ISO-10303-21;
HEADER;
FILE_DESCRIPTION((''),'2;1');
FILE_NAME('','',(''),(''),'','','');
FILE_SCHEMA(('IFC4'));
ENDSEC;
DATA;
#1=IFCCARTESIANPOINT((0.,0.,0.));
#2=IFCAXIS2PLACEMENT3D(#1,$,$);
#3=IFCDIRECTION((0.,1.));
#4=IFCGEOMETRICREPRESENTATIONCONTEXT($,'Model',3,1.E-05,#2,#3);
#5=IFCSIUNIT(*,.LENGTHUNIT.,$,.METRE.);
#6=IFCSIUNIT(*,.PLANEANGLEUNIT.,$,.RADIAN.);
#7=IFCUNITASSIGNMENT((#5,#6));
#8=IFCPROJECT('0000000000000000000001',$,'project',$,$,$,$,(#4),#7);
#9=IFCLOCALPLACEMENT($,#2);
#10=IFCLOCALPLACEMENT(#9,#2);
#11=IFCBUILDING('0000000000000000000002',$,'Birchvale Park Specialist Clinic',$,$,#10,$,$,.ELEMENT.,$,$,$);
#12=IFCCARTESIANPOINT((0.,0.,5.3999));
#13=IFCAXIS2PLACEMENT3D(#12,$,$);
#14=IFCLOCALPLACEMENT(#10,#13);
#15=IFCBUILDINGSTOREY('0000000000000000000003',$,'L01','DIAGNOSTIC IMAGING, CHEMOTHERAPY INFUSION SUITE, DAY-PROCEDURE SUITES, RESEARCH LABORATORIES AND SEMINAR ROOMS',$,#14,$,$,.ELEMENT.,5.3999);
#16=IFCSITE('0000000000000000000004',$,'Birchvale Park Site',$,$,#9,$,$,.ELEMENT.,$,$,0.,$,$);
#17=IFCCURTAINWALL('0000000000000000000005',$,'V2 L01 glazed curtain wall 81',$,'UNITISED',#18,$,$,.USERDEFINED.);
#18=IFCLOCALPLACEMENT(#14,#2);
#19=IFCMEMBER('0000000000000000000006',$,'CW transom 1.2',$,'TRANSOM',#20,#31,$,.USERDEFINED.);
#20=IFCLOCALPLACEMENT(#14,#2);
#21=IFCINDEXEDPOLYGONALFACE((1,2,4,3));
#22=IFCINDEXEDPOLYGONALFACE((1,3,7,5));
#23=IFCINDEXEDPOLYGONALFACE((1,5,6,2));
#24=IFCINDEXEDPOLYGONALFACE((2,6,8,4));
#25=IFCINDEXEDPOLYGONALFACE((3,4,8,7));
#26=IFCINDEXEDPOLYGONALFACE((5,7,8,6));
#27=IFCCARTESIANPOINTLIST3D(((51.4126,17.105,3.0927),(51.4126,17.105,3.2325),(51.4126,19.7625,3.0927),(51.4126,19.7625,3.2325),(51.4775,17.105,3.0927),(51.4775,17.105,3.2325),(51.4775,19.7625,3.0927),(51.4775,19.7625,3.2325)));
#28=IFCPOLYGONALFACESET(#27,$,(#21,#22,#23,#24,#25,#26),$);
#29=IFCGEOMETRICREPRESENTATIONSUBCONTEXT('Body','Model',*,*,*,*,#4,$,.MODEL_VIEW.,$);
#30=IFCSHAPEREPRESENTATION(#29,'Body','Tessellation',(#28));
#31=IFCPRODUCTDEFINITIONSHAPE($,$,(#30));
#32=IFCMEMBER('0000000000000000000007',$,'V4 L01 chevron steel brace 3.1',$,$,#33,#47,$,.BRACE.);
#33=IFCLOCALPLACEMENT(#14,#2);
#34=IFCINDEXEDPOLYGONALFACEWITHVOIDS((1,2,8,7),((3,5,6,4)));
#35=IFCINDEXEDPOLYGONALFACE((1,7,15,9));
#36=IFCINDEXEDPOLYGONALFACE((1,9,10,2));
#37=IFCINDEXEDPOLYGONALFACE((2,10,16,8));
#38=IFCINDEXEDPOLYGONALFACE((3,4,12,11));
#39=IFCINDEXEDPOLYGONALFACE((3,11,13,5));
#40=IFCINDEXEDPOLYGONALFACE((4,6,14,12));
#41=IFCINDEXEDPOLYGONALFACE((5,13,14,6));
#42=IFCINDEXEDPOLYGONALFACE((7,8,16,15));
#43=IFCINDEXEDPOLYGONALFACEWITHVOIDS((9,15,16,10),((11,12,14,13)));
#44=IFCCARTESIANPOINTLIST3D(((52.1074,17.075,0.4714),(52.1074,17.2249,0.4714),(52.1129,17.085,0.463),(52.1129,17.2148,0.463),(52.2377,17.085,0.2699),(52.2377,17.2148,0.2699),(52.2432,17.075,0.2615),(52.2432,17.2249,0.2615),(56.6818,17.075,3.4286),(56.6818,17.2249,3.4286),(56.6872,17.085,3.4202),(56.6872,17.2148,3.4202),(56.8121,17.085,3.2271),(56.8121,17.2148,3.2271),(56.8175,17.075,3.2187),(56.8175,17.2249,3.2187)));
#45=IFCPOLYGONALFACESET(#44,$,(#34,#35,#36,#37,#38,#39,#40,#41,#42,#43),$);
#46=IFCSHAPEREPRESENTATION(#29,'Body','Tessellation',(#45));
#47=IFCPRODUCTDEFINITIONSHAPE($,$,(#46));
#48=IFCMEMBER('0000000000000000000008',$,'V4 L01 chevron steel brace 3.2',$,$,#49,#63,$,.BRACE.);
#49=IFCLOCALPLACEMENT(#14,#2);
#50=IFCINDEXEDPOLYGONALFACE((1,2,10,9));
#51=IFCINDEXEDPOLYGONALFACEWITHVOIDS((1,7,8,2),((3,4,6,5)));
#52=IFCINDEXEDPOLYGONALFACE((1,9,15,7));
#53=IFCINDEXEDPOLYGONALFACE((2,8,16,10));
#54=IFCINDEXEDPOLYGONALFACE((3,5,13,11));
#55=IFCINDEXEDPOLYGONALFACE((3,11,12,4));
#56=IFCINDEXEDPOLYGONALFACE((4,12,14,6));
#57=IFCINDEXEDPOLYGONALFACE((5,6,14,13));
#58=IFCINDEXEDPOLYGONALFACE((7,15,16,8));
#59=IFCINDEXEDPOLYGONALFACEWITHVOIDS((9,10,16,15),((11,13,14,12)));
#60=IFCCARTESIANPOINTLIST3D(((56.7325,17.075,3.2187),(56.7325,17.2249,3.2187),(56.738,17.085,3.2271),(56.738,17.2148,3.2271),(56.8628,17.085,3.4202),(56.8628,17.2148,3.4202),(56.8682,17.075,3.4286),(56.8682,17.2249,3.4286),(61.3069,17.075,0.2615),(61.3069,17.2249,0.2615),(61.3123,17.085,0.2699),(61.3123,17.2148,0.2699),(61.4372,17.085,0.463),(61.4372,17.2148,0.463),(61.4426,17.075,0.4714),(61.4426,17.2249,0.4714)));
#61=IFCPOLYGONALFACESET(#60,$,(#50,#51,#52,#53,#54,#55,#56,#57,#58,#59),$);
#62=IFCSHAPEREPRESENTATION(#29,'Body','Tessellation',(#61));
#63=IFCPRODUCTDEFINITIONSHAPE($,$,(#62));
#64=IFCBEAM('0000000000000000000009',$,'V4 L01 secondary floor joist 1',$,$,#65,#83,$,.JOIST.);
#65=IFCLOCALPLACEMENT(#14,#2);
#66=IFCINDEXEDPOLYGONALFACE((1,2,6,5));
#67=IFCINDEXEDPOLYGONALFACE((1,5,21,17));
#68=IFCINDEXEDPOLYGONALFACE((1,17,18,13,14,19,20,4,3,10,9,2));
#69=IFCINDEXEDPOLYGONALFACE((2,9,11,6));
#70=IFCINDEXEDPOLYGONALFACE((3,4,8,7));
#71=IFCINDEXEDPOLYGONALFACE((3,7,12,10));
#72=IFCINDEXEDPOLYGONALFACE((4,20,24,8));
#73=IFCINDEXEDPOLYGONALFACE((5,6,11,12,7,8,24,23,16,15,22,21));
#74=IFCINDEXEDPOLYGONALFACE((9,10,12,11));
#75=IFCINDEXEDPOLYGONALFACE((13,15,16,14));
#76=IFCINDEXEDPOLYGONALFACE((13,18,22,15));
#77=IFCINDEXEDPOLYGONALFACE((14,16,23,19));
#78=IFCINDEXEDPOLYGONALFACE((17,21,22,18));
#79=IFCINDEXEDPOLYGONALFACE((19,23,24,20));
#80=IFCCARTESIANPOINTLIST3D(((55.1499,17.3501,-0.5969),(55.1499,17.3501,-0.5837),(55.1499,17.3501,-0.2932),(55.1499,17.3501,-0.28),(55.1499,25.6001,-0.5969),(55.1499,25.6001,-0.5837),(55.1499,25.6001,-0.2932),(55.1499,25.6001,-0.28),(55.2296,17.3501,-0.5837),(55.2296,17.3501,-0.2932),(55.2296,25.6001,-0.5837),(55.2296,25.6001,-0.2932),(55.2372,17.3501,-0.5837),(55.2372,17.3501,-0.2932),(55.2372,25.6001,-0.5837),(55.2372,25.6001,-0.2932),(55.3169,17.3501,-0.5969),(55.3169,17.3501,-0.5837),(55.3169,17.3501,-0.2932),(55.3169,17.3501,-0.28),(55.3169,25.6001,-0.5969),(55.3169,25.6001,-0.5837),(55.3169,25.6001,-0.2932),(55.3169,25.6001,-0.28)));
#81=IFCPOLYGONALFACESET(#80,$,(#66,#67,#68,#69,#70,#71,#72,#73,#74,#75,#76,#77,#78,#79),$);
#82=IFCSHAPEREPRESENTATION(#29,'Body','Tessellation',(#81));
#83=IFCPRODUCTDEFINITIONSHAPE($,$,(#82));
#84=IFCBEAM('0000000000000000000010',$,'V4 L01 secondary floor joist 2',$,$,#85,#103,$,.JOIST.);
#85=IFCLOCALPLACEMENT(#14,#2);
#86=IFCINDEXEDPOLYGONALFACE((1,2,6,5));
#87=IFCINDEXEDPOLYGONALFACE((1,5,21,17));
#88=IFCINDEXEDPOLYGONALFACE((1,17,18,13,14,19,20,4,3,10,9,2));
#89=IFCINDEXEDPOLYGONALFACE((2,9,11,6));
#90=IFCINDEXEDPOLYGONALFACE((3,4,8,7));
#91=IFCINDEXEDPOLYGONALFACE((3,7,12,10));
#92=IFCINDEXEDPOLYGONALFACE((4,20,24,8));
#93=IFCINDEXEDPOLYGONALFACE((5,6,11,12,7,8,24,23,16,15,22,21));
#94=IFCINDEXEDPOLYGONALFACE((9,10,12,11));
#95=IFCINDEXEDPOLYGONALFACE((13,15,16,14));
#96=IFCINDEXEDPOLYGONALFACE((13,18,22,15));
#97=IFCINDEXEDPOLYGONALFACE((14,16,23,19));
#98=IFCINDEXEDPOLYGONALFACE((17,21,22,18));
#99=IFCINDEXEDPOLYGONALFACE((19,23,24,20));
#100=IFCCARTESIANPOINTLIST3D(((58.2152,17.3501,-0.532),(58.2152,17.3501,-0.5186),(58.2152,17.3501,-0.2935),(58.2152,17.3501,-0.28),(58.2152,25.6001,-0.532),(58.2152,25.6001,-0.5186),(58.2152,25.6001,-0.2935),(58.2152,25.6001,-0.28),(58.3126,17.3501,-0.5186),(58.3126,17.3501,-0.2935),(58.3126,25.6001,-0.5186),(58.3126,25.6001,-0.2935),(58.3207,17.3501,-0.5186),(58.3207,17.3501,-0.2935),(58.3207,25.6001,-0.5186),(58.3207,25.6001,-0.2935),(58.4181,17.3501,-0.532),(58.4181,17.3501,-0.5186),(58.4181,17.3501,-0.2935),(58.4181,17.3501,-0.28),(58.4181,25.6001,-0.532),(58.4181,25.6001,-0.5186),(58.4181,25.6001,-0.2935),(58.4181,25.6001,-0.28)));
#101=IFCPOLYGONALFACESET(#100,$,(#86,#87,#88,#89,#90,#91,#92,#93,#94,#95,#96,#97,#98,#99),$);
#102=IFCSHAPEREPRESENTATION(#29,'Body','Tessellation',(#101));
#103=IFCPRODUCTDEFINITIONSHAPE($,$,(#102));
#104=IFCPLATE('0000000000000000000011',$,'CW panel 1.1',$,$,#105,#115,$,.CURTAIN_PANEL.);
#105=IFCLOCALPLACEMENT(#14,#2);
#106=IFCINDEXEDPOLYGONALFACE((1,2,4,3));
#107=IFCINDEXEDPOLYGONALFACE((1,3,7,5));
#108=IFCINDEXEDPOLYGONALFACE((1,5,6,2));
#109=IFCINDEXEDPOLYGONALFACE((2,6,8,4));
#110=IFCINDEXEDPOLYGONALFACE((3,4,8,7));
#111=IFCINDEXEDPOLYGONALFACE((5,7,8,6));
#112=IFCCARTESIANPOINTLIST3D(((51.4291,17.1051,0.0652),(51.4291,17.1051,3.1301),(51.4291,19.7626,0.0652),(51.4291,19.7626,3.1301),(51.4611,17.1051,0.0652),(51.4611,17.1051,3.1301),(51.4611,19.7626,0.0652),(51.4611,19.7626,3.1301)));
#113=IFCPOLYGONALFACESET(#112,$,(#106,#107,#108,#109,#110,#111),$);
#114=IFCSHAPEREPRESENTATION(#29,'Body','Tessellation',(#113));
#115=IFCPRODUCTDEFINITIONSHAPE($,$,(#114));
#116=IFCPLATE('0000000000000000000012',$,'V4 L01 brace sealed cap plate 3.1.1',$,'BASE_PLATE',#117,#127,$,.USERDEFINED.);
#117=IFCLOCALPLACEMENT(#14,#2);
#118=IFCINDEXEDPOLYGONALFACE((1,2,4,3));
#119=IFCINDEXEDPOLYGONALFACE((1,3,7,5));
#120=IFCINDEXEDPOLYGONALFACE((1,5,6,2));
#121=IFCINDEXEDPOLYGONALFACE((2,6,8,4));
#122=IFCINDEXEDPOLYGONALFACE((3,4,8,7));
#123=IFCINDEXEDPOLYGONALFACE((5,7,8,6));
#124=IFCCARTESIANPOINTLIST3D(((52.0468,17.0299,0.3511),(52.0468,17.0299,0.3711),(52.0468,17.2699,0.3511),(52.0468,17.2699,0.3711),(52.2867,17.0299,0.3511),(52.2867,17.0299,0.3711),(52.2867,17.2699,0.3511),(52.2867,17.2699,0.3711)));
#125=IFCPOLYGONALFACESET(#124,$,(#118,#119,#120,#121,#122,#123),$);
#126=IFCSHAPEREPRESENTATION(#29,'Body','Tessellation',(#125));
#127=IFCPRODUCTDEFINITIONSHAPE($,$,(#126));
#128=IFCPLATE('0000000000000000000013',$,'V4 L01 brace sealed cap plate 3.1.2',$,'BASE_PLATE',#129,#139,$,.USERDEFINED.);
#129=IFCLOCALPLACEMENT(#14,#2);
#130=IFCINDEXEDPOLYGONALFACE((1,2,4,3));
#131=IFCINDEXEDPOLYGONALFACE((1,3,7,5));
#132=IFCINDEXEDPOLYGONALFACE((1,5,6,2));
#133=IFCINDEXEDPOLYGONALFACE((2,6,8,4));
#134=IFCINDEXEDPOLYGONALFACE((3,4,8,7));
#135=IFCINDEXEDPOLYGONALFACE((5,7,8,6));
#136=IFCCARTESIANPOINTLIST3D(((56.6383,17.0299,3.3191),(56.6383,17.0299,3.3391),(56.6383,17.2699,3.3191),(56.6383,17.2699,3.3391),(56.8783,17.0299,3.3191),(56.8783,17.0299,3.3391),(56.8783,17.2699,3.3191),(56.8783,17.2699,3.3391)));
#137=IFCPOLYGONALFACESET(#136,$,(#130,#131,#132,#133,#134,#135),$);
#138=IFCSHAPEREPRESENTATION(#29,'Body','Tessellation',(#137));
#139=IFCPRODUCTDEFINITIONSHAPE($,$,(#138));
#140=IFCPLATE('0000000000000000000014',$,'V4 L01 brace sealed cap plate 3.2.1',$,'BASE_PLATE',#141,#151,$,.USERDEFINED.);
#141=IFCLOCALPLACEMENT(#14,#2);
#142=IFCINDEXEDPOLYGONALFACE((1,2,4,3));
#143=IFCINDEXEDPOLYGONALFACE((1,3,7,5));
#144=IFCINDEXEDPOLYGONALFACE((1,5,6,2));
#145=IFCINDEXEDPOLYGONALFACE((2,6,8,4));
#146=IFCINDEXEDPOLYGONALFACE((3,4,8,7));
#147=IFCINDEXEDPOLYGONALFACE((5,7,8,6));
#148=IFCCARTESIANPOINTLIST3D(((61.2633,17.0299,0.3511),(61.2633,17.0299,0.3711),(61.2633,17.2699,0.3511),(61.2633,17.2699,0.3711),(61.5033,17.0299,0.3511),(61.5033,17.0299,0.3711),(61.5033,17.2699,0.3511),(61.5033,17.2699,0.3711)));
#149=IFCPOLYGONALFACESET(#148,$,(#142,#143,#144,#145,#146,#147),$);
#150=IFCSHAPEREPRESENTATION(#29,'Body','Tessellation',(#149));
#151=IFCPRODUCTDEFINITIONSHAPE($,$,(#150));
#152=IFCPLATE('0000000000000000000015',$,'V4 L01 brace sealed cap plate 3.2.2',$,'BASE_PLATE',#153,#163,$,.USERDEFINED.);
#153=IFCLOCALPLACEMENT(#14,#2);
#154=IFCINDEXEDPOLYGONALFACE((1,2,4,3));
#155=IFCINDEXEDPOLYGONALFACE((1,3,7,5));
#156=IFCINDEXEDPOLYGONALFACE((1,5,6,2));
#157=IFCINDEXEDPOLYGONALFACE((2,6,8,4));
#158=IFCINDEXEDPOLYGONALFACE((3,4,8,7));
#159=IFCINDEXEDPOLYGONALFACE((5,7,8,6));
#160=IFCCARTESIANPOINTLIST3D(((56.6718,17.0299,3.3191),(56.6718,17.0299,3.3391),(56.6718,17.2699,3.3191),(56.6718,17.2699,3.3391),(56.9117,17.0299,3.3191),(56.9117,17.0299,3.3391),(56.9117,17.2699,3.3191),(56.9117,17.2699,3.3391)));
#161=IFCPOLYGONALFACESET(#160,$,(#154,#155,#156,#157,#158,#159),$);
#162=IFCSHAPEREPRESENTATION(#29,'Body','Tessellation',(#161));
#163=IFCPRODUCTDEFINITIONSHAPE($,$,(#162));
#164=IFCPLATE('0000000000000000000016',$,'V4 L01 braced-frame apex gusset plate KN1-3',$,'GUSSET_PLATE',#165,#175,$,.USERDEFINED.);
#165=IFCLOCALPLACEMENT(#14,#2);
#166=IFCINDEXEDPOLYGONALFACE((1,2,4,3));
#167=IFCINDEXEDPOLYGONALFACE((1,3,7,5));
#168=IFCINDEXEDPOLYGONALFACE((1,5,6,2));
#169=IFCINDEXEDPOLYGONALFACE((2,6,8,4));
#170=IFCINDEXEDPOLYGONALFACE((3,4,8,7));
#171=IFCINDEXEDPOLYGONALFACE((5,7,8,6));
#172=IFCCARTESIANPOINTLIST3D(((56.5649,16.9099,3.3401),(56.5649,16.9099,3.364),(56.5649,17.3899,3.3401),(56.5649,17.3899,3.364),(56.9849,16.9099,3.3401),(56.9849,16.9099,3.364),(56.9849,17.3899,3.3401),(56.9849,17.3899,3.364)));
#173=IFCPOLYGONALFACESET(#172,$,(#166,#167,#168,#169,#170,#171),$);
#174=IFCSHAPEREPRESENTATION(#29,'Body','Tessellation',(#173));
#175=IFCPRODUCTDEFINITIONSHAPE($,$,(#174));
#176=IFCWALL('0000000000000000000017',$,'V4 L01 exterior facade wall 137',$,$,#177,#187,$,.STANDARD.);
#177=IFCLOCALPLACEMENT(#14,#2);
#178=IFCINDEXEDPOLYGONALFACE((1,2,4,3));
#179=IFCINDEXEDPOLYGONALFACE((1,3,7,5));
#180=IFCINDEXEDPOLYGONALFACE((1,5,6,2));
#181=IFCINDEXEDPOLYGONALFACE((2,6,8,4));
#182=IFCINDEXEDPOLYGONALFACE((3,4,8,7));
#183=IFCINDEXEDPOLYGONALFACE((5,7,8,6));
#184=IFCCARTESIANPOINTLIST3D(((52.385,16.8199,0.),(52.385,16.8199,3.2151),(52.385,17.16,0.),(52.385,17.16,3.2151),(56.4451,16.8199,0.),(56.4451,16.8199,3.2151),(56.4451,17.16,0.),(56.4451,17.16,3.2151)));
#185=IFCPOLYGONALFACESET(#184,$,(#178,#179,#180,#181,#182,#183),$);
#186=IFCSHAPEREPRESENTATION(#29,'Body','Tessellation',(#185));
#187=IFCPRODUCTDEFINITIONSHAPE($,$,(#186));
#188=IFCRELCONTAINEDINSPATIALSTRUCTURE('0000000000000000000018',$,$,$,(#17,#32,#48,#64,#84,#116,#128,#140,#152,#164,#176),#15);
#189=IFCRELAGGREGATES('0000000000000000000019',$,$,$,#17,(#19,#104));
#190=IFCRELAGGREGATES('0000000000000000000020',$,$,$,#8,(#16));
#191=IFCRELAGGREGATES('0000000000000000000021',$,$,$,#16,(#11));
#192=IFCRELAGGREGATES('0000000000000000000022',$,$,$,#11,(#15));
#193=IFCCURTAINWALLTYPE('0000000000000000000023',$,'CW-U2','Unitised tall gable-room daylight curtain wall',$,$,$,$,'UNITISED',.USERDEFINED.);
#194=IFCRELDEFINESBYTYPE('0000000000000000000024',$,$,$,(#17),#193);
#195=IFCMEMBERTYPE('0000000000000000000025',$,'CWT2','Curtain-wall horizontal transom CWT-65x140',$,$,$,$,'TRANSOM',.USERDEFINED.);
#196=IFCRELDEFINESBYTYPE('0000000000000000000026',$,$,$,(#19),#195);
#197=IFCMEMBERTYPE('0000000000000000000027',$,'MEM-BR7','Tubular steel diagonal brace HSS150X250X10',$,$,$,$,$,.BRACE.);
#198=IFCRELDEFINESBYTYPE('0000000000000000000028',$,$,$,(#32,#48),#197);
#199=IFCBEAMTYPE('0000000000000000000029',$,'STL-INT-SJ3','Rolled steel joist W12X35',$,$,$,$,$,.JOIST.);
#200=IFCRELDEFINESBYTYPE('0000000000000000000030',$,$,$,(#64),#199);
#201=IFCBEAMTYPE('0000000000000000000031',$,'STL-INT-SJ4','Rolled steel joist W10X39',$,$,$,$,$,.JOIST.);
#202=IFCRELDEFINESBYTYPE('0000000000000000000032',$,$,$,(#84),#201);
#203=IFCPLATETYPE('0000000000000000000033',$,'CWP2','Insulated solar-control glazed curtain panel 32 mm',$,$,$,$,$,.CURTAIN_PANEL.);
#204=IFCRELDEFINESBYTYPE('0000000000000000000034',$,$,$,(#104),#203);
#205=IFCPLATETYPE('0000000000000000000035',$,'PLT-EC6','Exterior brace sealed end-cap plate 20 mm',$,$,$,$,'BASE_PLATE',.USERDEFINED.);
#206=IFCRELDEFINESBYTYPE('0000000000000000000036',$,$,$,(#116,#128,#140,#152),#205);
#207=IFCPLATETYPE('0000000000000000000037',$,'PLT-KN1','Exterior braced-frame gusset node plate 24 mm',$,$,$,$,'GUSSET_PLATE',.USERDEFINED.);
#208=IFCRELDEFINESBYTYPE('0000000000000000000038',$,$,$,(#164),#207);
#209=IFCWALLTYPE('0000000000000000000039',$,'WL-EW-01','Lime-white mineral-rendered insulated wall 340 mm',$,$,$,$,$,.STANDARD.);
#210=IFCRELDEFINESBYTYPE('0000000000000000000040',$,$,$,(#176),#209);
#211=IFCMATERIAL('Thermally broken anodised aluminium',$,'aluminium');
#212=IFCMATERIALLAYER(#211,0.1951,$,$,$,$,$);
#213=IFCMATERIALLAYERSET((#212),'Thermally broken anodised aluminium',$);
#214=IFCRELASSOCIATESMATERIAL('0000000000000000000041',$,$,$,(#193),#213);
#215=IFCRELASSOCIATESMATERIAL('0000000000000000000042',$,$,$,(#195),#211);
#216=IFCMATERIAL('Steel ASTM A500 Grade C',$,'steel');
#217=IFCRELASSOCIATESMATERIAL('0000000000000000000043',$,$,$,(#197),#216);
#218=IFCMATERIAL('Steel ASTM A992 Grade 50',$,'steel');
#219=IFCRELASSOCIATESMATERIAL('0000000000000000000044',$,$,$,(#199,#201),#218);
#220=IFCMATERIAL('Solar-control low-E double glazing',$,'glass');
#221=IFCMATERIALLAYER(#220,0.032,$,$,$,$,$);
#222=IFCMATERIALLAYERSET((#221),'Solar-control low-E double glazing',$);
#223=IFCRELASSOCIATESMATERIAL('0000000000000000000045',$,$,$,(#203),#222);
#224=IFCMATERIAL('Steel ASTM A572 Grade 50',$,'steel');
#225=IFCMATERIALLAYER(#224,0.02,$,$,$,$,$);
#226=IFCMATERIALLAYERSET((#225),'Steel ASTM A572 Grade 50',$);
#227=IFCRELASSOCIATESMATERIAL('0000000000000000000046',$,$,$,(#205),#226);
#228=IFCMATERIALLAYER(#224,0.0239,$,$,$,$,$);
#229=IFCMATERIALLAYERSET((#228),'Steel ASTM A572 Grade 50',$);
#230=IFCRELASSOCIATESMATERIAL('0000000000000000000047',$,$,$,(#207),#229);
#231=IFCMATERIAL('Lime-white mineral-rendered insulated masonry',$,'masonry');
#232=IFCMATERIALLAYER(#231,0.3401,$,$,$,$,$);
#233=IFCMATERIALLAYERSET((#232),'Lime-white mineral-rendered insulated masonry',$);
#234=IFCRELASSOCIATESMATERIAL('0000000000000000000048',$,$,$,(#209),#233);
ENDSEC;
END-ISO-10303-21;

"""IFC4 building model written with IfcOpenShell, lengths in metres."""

from ifc_helpers import new_model, si_unit, direction, frame, frame_2d, origin, origin_2d, place, context, subcontext, project, spatial, rectangle, hollow_rectangle, i_section, extrude, material, layer, layer_set, material_profile, profile_set, type_object, element, aggregate, save


model = new_model("IFC4")

# Units and contexts
model_context = context("Model", 3, precision=1e-05, world=origin(), true_north=direction((0.0, 1.0)))
body_context = subcontext(model_context, "Body", "Model", "MODEL_VIEW")
ifc_project = project(units=[si_unit("LENGTHUNIT", "METRE"), si_unit("PLANEANGLEUNIT", "RADIAN")], contexts=[model_context])

# Site, building, storey
site_placement = place(None, origin())
site = spatial("IfcSite", under=ifc_project, at=site_placement, Name="Birchvale Park Site", CompositionType="ELEMENT", RefElevation=0.0)
building_placement = place(site_placement, origin())
building = spatial("IfcBuilding", under=site, at=building_placement, Name="Birchvale Park Specialist Clinic", CompositionType="ELEMENT")
storey_placement = place(building_placement, frame((0.0, 0.0, 5.3999)))
storey = spatial("IfcBuildingStorey", under=building, at=storey_placement, Name="L01", Description="DIAGNOSTIC IMAGING, CHEMOTHERAPY INFUSION SUITE, DAY-PROCEDURE SUITES, RESEARCH LABORATORIES AND SEMINAR ROOMS", CompositionType="ELEMENT", Elevation=5.3999)

# Curtain wall, member
ifc_material_1 = material(Name="Thermally broken anodised aluminium", Category="aluminium")
ifc_layer_1 = layer(ifc_material_1, 0.1951)
ifc_layer_set_1 = layer_set([ifc_layer_1], Name="Thermally broken anodised aluminium")
curtain_wall_type = type_object("IfcCurtainWallType", Name="CW-U2", Description="Unitised tall gable-room daylight curtain wall", ElementType="UNITISED", PredefinedType="USERDEFINED", material=ifc_layer_set_1)
curtain_wall_placement = place(storey_placement, origin())
curtain_wall = element("IfcCurtainWall", 1, at=curtain_wall_placement, inside=storey, type_object=curtain_wall_type, Name="V2 L01 glazed curtain wall 81", ObjectType="UNITISED", PredefinedType="USERDEFINED")
ifc_material_profile_1 = material_profile(ifc_material_1, rectangle(XDim=0.0649, YDim=0.1399, at=origin_2d()), Name="CWT-65x140")
ifc_profile_set_1 = profile_set([ifc_material_profile_1], Name="Thermally broken anodised aluminium")
member_type_1 = type_object("IfcMemberType", Name="CWT2", Description="Curtain-wall horizontal transom CWT-65x140", ElementType="TRANSOM", PredefinedType="USERDEFINED", material=ifc_profile_set_1)
member_1_placement = place(storey_placement, frame((51.4451, 17.105, 3.1626), z_axis=(0.0, 1.0, 0.0), x_axis=(-1.0, 0.0, 0.0)))
member_1 = element("IfcMember", 2, at=member_1_placement, type_object=member_type_1, Name="CW transom 1.2", ObjectType="TRANSOM", PredefinedType="USERDEFINED", context=body_context, shape_type="SweptSolid", body=[
    extrude(rectangle(XDim=0.0649, YDim=0.1399, at=origin_2d()), origin(), (0.0, 0.0, 1.0), 2.6575),
])

# Members
ifc_material_2 = material(Name="Steel ASTM A500 Grade C", Category="steel")
ifc_material_profile_2 = material_profile(ifc_material_2, hollow_rectangle(XDim=0.1499, YDim=0.25, WallThickness=0.01, at=origin_2d()), Name="HSS150X250X10")
ifc_profile_set_2 = profile_set([ifc_material_profile_2], Name="Steel ASTM A500 Grade C")
member_type_2 = type_object("IfcMemberType", Name="MEM-BR7", Description="Tubular steel diagonal brace HSS150X250X10", PredefinedType="BRACE", material=ifc_profile_set_2)
for number, where, z_axis, x_axis, name in (
    (3, (52.1753, 17.1499, 0.3665), (0.839794, 0.0, 0.542906), (0.0, 1.0, 0.0), "V4 L01 chevron steel brace 3.1"),
    (4, (61.3748, 17.1499, 0.3665), (-0.839794, 0.0, 0.542906), (0.0, -1.0, 0.0), "V4 L01 chevron steel brace 3.2"),
):
    element("IfcMember", number, at=place(storey_placement, frame(where, z_axis=z_axis, x_axis=x_axis)), inside=storey, type_object=member_type_2, Name=name, PredefinedType="BRACE", context=body_context, shape_type="SweptSolid", body=[
        extrude(hollow_rectangle(XDim=0.1499, YDim=0.25, WallThickness=0.01, at=origin_2d()), origin(), (0.0, 0.0, 1.0), 5.447),
    ])

# Beams
ifc_material_3 = material(Name="Steel ASTM A992 Grade 50", Category="steel")
ifc_material_profile_3 = material_profile(ifc_material_3, i_section(OverallWidth=0.167, OverallDepth=0.3169, WebThickness=0.0076, FlangeThickness=0.0132, at=origin_2d()), Name="W12X35")
ifc_profile_set_3 = profile_set([ifc_material_profile_3], Name="Steel ASTM A992 Grade 50")
beam_type_1 = type_object("IfcBeamType", Name="STL-INT-SJ3", Description="Rolled steel joist W12X35", PredefinedType="JOIST", material=ifc_profile_set_3)
beam_1_placement = place(storey_placement, frame((55.2334, 17.3501, -0.4385), z_axis=(0.0, 1.0, 0.0), x_axis=(-1.0, 0.0, 0.0)))
element("IfcBeam", 5, at=beam_1_placement, inside=storey, type_object=beam_type_1, Name="V4 L01 secondary floor joist 1", PredefinedType="JOIST", context=body_context, shape_type="SweptSolid", body=[
    extrude(i_section(OverallWidth=0.167, OverallDepth=0.3169, WebThickness=0.0076, FlangeThickness=0.0132, at=origin_2d()), origin(), (0.0, 0.0, 1.0), 8.25),
])
ifc_material_profile_4 = material_profile(ifc_material_3, i_section(OverallWidth=0.2029, OverallDepth=0.252, WebThickness=0.0081, FlangeThickness=0.0134, at=origin_2d()), Name="W10X39")
ifc_profile_set_4 = profile_set([ifc_material_profile_4], Name="Steel ASTM A992 Grade 50")
beam_type_2 = type_object("IfcBeamType", Name="STL-INT-SJ4", Description="Rolled steel joist W10X39", PredefinedType="JOIST", material=ifc_profile_set_4)
beam_2_placement = place(storey_placement, frame((58.3167, 17.3501, -0.406), z_axis=(0.0, 1.0, 0.0), x_axis=(-1.0, 0.0, 0.0)))
element("IfcBeam", 6, at=beam_2_placement, inside=storey, type_object=beam_type_2, Name="V4 L01 secondary floor joist 2", PredefinedType="JOIST", context=body_context, shape_type="SweptSolid", body=[
    extrude(i_section(OverallWidth=0.2029, OverallDepth=0.252, WebThickness=0.0081, FlangeThickness=0.0134, at=origin_2d()), origin(), (0.0, 0.0, 1.0), 8.25),
])

# Plate
ifc_material_4 = material(Name="Solar-control low-E double glazing", Category="glass")
ifc_layer_2 = layer(ifc_material_4, 0.032)
ifc_layer_set_2 = layer_set([ifc_layer_2], Name="Solar-control low-E double glazing")
plate_type_1 = type_object("IfcPlateType", Name="CWP2", Description="Insulated solar-control glazed curtain panel 32 mm", PredefinedType="CURTAIN_PANEL", material=ifc_layer_set_2)
plate_1_placement = place(storey_placement, frame((51.4451, 18.4338, 0.0652), z_axis=(0.0, 0.0, 1.0), x_axis=(0.0, 1.0, 0.0)))
plate_1 = element("IfcPlate", 7, at=plate_1_placement, type_object=plate_type_1, Name="CW panel 1.1", PredefinedType="CURTAIN_PANEL", context=body_context, shape_type="SweptSolid", body=[
    extrude(rectangle(XDim=2.6575, YDim=0.032, at=origin_2d()), origin(), (0.0, 0.0, 1.0), 3.0649),
])
aggregate(curtain_wall, [member_1, plate_1])

# Plates
ifc_material_5 = material(Name="Steel ASTM A572 Grade 50", Category="steel")
ifc_layer_3 = layer(ifc_material_5, 0.02)
ifc_layer_set_3 = layer_set([ifc_layer_3], Name="Steel ASTM A572 Grade 50")
plate_type_2 = type_object("IfcPlateType", Name="PLT-EC6", Description="Exterior brace sealed end-cap plate 20 mm", ElementType="BASE_PLATE", PredefinedType="USERDEFINED", material=ifc_layer_set_3)
for number, where, z_axis, x_axis, name in (
    (8, (52.1667, 17.1499, 0.3511), (0.0, 0.0, 1.0), (1.0, 0.0, 0.0), "V4 L01 brace sealed cap plate 3.1.1"),
    (9, (56.7583, 17.1499, 3.3191), (0.0, 0.0, 1.0), (1.0, 0.0, 0.0), "V4 L01 brace sealed cap plate 3.1.2"),
    (10, (61.3833, 17.1499, 0.3511), (0.0, 0.0, 1.0), (1.0, 0.0, 0.0), "V4 L01 brace sealed cap plate 3.2.1"),
    (11, (56.7917, 17.1499, 3.3191), (0.0, 0.0, 1.0), (1.0, 0.0, 0.0), "V4 L01 brace sealed cap plate 3.2.2"),
):
    element("IfcPlate", number, at=place(storey_placement, frame(where, z_axis=z_axis, x_axis=x_axis)), inside=storey, type_object=plate_type_2, Name=name, ObjectType="BASE_PLATE", PredefinedType="USERDEFINED", context=body_context, shape_type="SweptSolid", body=[
        extrude(rectangle(XDim=0.24, YDim=0.24, at=origin_2d()), origin(), (0.0, 0.0, 1.0), 0.02),
    ])
ifc_layer_4 = layer(ifc_material_5, 0.0239)
ifc_layer_set_4 = layer_set([ifc_layer_4], Name="Steel ASTM A572 Grade 50")
plate_type_3 = type_object("IfcPlateType", Name="PLT-KN1", Description="Exterior braced-frame gusset node plate 24 mm", ElementType="GUSSET_PLATE", PredefinedType="USERDEFINED", material=ifc_layer_set_4)
plate_2_placement = place(storey_placement, frame((56.7749, 17.1499, 3.3401), z_axis=(0.0, 0.0, 1.0), x_axis=(1.0, 0.0, 0.0)))
element("IfcPlate", 12, at=plate_2_placement, inside=storey, type_object=plate_type_3, Name="V4 L01 braced-frame apex gusset plate KN1-3", ObjectType="GUSSET_PLATE", PredefinedType="USERDEFINED", context=body_context, shape_type="SweptSolid", body=[
    extrude(rectangle(XDim=0.4199, YDim=0.48, at=origin_2d()), origin(), (0.0, 0.0, 1.0), 0.0239),
])

# Wall
ifc_material_6 = material(Name="Lime-white mineral-rendered insulated masonry", Category="masonry")
ifc_layer_5 = layer(ifc_material_6, 0.3401)
ifc_layer_set_5 = layer_set([ifc_layer_5], Name="Lime-white mineral-rendered insulated masonry")
wall_type = type_object("IfcWallType", Name="WL-EW-01", Description="Lime-white mineral-rendered insulated wall 340 mm", PredefinedType="STANDARD", material=ifc_layer_set_5)
wall_1_placement = place(storey_placement, frame((52.385, 16.99, 0.0), z_axis=(0.0, 0.0, 1.0), x_axis=(1.0, 0.0, 0.0)))
element("IfcWall", 13, at=wall_1_placement, inside=storey, type_object=wall_type, Name="V4 L01 exterior facade wall 137", PredefinedType="STANDARD", context=body_context, shape_type="SweptSolid", body=[
    extrude(rectangle(XDim=4.0601, YDim=0.3401, at=frame_2d((2.03, 0.0))), origin(), (0.0, 0.0, 1.0), 3.2151),
])

save(model, "model.ifc")
